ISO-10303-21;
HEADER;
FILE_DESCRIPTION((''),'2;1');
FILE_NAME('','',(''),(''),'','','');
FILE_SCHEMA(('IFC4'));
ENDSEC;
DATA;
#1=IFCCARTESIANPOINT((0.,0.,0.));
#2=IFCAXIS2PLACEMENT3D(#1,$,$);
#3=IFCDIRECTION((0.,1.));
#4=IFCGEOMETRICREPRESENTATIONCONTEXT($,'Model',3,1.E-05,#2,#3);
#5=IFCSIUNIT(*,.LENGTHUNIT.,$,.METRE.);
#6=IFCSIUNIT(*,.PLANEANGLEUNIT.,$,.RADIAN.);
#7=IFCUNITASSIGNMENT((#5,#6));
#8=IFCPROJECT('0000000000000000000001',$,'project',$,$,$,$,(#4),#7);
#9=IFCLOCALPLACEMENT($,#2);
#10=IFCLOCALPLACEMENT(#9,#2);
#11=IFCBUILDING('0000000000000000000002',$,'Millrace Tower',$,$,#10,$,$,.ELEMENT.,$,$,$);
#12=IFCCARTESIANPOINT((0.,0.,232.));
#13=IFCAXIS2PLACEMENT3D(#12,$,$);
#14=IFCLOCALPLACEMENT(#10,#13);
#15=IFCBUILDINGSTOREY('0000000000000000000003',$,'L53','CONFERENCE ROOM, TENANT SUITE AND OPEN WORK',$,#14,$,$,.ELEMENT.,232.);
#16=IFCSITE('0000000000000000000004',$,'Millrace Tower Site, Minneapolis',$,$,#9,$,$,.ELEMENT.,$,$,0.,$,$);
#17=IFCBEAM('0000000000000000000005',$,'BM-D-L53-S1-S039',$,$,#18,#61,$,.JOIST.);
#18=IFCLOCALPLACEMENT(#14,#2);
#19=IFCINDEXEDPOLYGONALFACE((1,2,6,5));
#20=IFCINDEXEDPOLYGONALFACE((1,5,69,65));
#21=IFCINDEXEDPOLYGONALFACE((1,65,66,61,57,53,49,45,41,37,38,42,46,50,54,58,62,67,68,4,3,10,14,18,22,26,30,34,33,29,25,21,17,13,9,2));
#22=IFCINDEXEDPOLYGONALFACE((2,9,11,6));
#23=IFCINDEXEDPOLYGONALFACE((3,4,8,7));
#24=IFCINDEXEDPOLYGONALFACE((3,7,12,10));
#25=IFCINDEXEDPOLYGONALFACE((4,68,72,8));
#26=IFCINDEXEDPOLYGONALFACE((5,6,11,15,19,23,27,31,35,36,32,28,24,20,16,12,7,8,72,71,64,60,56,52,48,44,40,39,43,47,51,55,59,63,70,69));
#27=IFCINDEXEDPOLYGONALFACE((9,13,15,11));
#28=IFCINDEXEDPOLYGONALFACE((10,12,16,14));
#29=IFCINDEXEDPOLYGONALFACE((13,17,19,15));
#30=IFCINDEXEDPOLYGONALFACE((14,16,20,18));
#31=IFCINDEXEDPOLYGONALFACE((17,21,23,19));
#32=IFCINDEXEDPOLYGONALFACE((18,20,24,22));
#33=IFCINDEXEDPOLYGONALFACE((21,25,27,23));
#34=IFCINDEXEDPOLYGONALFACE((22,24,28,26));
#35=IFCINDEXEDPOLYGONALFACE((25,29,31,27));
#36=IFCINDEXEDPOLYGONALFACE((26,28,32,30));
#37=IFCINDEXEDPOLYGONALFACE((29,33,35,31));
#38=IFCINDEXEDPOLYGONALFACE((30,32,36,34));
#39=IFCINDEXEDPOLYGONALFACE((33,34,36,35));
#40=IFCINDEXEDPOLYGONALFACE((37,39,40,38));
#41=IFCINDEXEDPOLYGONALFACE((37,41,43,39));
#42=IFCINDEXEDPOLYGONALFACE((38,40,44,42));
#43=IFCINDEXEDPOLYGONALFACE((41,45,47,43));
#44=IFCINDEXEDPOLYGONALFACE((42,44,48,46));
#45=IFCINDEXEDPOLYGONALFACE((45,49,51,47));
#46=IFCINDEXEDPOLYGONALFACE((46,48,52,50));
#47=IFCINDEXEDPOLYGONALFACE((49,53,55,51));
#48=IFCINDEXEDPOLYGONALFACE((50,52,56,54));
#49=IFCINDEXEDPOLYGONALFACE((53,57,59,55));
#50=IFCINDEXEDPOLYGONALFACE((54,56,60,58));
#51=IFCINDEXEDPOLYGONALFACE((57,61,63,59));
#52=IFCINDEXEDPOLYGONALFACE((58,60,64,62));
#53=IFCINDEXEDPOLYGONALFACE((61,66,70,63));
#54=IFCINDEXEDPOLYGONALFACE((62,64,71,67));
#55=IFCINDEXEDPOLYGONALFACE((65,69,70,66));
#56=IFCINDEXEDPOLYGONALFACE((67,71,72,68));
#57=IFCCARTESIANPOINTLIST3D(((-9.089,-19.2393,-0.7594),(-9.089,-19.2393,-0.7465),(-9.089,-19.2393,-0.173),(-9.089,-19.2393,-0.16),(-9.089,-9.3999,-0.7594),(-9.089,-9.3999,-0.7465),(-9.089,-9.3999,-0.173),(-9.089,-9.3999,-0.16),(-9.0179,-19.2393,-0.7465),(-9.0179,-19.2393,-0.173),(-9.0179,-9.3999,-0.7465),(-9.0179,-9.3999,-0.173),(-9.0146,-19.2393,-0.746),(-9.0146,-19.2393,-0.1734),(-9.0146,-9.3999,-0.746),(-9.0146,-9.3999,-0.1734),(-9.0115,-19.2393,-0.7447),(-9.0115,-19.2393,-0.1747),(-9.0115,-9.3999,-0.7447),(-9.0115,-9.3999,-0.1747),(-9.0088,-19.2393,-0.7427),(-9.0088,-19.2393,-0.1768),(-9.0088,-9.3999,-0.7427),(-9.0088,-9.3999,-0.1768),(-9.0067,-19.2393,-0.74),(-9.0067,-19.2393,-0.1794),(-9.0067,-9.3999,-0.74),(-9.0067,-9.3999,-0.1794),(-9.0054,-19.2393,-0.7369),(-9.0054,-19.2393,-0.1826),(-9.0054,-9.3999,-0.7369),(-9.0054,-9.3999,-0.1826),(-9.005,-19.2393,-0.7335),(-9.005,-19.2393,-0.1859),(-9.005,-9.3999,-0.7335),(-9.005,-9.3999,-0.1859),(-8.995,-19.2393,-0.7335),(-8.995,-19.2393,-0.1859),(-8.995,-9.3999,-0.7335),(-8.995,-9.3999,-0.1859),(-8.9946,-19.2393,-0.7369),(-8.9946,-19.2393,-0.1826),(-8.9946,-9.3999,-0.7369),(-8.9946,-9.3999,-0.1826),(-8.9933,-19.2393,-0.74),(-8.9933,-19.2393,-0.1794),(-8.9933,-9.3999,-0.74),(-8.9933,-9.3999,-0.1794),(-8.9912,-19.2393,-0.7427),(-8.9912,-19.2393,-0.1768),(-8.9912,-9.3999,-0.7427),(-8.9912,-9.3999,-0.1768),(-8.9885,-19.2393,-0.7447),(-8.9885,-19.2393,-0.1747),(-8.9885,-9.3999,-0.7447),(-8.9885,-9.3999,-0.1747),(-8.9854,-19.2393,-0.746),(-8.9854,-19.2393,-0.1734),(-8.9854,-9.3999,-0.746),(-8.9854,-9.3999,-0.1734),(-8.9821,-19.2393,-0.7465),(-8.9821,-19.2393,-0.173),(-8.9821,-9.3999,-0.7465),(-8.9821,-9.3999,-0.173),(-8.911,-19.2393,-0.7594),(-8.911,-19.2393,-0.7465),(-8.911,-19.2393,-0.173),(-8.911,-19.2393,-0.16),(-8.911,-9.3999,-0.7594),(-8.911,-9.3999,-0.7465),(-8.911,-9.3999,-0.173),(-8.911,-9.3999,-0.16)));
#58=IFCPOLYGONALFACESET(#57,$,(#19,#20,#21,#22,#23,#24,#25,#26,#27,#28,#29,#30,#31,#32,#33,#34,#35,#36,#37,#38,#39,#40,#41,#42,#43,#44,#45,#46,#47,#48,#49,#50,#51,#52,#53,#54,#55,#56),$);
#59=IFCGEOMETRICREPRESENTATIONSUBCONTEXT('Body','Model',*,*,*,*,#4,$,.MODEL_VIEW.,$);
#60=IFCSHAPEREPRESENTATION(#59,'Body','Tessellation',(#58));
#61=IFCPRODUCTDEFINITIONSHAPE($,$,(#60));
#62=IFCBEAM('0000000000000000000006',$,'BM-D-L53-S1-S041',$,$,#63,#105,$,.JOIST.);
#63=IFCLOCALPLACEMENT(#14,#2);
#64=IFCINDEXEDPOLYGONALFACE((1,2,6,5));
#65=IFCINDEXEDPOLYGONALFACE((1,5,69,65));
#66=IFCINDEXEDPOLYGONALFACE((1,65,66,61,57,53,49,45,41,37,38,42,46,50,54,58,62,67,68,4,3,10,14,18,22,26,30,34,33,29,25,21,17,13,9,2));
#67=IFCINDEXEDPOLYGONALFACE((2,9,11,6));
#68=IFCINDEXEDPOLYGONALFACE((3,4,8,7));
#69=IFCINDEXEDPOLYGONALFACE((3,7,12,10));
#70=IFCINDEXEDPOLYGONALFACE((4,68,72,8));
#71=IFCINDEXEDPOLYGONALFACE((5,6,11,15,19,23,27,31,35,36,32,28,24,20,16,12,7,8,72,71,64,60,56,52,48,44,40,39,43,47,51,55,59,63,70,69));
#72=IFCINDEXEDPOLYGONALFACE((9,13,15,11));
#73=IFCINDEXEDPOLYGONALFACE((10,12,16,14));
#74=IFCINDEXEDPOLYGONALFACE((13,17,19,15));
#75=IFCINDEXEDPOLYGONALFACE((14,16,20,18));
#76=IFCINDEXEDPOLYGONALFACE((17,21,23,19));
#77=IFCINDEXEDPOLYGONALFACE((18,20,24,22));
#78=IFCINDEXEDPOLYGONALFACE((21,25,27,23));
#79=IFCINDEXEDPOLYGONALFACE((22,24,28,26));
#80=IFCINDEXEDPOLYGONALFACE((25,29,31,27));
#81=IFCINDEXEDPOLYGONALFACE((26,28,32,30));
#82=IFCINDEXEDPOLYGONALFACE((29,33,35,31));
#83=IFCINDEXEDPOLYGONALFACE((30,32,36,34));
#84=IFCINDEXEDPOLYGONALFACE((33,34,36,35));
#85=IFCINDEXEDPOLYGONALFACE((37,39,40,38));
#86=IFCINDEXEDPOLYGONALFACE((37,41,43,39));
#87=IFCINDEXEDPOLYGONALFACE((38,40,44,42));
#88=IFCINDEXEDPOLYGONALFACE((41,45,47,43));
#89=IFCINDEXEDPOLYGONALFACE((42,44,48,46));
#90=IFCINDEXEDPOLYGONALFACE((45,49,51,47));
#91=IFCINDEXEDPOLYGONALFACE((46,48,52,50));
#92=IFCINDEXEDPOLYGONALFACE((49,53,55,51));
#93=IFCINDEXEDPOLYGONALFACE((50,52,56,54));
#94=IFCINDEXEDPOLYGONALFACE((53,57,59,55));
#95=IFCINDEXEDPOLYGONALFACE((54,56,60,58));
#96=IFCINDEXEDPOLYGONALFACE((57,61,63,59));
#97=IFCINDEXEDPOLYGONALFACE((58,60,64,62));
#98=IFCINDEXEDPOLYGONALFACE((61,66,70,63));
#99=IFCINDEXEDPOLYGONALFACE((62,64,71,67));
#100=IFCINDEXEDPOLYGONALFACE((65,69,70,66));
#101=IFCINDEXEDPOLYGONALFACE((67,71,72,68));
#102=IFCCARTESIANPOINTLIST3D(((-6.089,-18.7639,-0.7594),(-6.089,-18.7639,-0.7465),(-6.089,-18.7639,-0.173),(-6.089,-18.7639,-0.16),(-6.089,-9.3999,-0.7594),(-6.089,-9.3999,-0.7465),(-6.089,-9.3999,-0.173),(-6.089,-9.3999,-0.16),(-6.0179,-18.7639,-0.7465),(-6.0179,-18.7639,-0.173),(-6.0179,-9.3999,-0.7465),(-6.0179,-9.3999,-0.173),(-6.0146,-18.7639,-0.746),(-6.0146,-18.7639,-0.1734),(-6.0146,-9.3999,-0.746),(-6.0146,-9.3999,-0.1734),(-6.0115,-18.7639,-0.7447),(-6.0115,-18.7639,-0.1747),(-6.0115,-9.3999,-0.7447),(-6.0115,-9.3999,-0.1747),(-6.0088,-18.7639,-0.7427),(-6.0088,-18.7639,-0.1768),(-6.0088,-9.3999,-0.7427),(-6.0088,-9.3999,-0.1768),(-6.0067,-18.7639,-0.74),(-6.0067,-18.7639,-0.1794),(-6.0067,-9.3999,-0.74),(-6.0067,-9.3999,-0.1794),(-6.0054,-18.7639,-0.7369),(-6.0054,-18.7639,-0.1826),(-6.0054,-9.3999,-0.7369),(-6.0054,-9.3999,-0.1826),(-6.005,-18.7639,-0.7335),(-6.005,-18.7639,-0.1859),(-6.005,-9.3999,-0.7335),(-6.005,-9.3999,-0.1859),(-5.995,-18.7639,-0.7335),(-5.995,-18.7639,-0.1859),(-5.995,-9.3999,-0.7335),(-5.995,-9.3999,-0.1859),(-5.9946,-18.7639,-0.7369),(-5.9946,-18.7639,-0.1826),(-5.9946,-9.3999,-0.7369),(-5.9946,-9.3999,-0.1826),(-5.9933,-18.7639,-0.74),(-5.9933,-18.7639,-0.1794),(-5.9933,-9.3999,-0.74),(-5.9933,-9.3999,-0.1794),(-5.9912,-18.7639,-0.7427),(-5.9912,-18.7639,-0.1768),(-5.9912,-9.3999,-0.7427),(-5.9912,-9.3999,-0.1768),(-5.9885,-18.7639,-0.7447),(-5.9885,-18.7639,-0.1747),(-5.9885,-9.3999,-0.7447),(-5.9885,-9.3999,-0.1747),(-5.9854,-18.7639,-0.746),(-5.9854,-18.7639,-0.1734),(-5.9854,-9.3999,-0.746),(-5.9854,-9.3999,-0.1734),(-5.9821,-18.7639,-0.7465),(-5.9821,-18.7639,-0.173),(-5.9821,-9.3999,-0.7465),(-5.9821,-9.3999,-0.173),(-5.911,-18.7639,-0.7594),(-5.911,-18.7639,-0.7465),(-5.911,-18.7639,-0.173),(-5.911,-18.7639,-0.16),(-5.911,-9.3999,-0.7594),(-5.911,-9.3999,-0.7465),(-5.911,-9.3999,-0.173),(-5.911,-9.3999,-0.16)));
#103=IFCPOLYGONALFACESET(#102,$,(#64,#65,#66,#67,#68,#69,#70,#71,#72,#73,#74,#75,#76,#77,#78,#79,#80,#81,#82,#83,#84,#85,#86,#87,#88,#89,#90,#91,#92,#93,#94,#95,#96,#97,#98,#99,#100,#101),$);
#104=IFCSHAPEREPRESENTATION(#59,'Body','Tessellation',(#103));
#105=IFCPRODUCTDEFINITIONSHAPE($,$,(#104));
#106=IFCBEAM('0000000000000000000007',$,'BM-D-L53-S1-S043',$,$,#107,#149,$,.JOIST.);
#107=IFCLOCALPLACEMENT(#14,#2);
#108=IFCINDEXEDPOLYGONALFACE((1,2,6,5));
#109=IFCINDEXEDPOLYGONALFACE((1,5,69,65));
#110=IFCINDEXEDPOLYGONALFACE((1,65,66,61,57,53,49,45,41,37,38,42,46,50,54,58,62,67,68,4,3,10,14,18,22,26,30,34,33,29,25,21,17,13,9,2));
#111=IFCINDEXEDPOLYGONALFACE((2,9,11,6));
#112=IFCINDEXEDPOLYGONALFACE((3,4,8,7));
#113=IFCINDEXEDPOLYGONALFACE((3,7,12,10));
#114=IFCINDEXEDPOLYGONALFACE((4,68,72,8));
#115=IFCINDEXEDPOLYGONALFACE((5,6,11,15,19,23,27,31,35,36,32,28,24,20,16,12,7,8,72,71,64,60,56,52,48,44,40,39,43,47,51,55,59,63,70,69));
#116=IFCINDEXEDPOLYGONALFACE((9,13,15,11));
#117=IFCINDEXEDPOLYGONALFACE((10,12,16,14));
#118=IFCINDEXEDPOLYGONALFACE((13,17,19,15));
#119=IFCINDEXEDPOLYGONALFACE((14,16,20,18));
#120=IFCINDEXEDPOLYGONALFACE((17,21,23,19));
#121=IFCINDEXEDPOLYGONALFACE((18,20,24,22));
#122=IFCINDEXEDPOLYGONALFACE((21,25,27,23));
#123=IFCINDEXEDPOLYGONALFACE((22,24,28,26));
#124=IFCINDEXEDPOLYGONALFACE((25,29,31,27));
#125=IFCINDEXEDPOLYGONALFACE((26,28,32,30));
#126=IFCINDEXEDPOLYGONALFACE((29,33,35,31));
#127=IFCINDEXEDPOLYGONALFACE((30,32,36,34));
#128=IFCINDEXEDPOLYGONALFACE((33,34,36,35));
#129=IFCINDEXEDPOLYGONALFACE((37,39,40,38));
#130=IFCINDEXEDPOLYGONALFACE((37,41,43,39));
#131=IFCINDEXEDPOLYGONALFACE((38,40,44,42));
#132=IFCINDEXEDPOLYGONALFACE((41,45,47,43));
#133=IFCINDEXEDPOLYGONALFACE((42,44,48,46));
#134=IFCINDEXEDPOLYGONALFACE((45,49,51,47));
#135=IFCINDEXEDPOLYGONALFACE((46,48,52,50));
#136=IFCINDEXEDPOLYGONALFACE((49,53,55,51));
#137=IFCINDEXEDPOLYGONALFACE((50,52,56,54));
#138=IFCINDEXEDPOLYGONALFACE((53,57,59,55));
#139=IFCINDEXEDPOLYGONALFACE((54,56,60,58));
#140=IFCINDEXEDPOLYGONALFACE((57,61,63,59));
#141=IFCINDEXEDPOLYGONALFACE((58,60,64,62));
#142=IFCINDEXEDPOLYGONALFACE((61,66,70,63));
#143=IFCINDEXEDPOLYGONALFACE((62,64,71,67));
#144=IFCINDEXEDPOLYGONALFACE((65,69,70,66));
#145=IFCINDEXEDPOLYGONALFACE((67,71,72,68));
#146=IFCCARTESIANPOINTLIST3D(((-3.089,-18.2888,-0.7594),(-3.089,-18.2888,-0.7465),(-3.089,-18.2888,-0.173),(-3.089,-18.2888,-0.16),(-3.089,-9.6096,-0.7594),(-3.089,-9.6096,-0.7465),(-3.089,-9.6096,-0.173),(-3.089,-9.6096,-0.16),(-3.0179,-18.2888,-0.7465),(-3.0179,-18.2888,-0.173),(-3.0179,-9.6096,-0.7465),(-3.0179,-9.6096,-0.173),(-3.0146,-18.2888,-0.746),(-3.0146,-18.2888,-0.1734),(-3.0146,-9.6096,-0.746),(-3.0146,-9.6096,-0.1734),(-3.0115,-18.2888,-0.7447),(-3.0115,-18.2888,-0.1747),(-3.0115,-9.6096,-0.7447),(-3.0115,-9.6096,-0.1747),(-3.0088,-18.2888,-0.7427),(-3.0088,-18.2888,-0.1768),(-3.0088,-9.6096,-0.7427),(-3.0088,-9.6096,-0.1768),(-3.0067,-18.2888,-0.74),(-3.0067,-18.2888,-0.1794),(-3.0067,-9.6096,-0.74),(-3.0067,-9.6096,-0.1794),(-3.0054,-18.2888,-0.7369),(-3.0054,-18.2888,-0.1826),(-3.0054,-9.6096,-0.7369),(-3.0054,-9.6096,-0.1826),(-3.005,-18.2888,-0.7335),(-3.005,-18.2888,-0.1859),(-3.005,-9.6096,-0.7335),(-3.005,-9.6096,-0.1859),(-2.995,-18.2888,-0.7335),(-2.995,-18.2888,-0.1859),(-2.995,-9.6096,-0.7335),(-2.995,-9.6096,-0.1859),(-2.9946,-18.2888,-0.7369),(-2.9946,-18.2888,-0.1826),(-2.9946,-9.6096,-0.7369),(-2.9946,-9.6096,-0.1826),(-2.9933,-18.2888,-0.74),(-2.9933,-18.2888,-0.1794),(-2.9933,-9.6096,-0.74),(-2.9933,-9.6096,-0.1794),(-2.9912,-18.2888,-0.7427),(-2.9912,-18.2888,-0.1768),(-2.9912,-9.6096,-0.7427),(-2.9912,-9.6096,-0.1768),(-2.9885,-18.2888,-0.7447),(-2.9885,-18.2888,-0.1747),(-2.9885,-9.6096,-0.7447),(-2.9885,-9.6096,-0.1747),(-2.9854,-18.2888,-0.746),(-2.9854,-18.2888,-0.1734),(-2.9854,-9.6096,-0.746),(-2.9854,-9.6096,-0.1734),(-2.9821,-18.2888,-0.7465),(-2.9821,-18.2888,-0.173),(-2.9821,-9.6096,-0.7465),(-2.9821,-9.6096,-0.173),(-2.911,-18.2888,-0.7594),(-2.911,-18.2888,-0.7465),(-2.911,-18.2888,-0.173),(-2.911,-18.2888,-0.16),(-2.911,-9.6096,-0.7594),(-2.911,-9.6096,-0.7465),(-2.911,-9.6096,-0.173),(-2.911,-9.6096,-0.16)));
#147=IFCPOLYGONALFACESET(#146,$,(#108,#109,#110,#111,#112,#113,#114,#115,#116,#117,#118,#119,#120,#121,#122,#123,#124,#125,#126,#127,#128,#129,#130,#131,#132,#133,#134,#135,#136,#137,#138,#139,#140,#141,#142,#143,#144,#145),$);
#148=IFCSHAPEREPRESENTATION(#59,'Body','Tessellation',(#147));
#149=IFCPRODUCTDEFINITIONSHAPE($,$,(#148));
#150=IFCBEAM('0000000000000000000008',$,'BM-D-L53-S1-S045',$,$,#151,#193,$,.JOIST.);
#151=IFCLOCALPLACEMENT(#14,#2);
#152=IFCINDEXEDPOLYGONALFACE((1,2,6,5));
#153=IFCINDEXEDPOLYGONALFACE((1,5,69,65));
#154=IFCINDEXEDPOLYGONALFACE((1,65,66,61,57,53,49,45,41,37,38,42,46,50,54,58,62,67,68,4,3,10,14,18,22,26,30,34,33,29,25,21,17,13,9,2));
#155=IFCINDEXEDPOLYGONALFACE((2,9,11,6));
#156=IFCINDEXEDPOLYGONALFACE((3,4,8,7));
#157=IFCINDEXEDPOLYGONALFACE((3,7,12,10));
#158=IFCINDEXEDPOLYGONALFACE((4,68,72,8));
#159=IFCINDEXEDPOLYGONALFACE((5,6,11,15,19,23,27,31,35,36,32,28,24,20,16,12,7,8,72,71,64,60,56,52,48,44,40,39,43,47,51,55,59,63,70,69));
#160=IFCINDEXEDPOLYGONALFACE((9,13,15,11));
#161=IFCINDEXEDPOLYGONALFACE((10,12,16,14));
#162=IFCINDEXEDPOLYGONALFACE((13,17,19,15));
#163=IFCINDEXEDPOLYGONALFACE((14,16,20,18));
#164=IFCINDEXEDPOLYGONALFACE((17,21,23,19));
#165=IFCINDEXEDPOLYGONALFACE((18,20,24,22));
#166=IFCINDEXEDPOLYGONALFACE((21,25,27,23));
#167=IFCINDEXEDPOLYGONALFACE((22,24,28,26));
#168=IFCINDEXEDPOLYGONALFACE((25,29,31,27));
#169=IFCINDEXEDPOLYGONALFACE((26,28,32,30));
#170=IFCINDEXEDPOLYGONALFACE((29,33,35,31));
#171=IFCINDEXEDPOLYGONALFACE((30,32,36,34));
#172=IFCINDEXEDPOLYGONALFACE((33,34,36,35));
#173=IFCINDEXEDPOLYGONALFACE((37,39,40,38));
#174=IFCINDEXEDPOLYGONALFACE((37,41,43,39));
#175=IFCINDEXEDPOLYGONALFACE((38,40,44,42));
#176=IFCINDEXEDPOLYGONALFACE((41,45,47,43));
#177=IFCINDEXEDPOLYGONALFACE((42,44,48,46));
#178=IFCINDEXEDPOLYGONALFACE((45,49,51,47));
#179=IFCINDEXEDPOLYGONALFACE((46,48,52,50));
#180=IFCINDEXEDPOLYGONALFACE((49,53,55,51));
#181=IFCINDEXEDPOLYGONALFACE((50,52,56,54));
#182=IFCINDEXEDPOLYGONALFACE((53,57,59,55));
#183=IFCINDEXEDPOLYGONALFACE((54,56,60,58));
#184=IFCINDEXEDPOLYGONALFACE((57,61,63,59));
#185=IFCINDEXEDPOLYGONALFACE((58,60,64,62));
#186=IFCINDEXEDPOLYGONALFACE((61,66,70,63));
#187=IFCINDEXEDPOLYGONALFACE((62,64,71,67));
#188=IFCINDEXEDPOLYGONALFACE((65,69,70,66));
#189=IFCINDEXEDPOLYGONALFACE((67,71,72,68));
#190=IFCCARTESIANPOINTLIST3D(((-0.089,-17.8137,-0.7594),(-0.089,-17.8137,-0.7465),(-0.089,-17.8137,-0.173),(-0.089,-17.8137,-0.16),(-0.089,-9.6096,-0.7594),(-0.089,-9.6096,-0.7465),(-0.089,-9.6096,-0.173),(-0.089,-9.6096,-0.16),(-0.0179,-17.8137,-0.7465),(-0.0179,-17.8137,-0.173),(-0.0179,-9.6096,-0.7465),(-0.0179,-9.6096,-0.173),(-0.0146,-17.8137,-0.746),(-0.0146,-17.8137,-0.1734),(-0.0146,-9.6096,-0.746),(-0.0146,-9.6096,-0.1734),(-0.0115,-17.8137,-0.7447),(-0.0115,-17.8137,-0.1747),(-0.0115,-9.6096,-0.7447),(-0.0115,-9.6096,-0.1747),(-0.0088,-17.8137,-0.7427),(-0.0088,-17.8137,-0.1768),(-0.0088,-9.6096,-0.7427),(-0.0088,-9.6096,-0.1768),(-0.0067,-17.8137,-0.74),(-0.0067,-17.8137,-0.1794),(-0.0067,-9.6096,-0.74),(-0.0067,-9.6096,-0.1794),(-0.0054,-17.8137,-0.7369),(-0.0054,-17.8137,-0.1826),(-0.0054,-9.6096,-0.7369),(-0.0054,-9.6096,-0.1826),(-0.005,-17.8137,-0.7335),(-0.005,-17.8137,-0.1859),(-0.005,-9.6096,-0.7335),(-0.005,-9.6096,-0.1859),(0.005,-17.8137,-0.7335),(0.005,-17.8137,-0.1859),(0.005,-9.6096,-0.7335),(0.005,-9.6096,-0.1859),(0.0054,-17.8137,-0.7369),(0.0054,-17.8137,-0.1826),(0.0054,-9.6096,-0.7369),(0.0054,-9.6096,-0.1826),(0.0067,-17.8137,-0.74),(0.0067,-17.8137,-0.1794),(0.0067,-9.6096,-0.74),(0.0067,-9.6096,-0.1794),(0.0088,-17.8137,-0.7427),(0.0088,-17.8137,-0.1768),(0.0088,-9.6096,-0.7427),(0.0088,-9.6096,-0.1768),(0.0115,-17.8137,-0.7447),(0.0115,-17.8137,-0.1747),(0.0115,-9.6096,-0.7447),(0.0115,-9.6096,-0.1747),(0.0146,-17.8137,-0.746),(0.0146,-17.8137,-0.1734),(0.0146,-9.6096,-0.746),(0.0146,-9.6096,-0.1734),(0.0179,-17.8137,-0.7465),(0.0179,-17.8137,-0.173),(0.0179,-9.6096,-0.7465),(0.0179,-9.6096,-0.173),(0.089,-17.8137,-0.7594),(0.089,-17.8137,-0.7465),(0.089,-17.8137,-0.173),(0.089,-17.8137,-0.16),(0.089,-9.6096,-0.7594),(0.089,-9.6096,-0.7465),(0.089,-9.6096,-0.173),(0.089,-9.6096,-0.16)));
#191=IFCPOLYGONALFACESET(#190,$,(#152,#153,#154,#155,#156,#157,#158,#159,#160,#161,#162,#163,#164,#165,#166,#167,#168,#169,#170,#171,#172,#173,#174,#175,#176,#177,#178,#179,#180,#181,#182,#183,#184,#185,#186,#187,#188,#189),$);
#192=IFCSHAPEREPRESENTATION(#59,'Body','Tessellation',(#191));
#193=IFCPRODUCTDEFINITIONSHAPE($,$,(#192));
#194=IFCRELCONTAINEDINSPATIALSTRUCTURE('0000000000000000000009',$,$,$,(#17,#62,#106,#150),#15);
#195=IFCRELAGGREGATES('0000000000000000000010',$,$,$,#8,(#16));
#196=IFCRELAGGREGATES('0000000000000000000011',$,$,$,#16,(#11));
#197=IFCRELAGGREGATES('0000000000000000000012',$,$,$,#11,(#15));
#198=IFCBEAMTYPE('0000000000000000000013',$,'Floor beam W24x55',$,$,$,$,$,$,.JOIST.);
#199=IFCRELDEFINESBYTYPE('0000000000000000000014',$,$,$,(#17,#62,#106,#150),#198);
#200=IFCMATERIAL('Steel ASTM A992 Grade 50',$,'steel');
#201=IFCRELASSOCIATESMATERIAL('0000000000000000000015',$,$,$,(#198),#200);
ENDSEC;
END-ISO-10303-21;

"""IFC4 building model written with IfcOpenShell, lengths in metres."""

from ifc_helpers import new_model, si_unit, direction, frame, origin, origin_2d, place, context, subcontext, project, spatial, i_section, extrude, material, material_profile, profile_set, type_object, element, save


model = new_model("IFC4")

# Units and contexts
model_context = context("Model", 3, precision=1e-05, world=origin(), true_north=direction((0.0, 1.0)))
body_context = subcontext(model_context, "Body", "Model", "MODEL_VIEW")
ifc_project = project(units=[si_unit("LENGTHUNIT", "METRE"), si_unit("PLANEANGLEUNIT", "RADIAN")], contexts=[model_context])

# Site, building, storey
site_placement = place(None, origin())
site = spatial("IfcSite", under=ifc_project, at=site_placement, Name="Millrace Tower Site, Minneapolis", CompositionType="ELEMENT", RefElevation=0.0)
building_placement = place(site_placement, origin())
building = spatial("IfcBuilding", under=site, at=building_placement, Name="Millrace Tower", CompositionType="ELEMENT")
storey_placement = place(building_placement, frame((0.0, 0.0, 232.0)))
storey = spatial("IfcBuildingStorey", under=building, at=storey_placement, Name="L53", Description="CONFERENCE ROOM, TENANT SUITE AND OPEN WORK", CompositionType="ELEMENT", Elevation=232.0)

# Beams
ifc_material_1 = material(Name="Steel ASTM A992 Grade 50", Category="steel")
ifc_material_profile_1 = material_profile(ifc_material_1, i_section(OverallWidth=0.178, OverallDepth=0.5994, WebThickness=0.01, FlangeThickness=0.0129, FilletRadius=0.0129, at=origin_2d()))
ifc_profile_set_1 = profile_set([ifc_material_profile_1], Name="Steel ASTM A992 Grade 50")
beam_type_1 = type_object("IfcBeamType", Name="Floor beam W24x55", PredefinedType="JOIST", material=ifc_profile_set_1)
beam_1_placement = place(storey_placement, frame((-9.0, -19.2393, -0.4597), z_axis=(0.0, 1.0, 0.0), x_axis=(-1.0, 0.0, 0.0)))
element("IfcBeam", 1, at=beam_1_placement, inside=storey, type_object=beam_type_1, Name="BM-D-L53-S1-S039", PredefinedType="JOIST", context=body_context, shape_type="SweptSolid", body=[
    extrude(i_section(OverallWidth=0.178, OverallDepth=0.5994, WebThickness=0.01, FlangeThickness=0.0129, FilletRadius=0.0129, at=origin_2d()), origin(), (0.0, 0.0, 1.0), 9.8394),
])
beam_2_placement = place(storey_placement, frame((-6.0, -18.7639, -0.4597), z_axis=(0.0, 1.0, 0.0), x_axis=(-1.0, 0.0, 0.0)))
element("IfcBeam", 2, at=beam_2_placement, inside=storey, type_object=beam_type_1, Name="BM-D-L53-S1-S041", PredefinedType="JOIST", context=body_context, shape_type="SweptSolid", body=[
    extrude(i_section(OverallWidth=0.178, OverallDepth=0.5994, WebThickness=0.01, FlangeThickness=0.0129, FilletRadius=0.0129, at=origin_2d()), origin(), (0.0, 0.0, 1.0), 9.364),
])
beam_3_placement = place(storey_placement, frame((-3.0, -18.2888, -0.4597), z_axis=(0.0, 1.0, 0.0), x_axis=(-1.0, 0.0, 0.0)))
element("IfcBeam", 3, at=beam_3_placement, inside=storey, type_object=beam_type_1, Name="BM-D-L53-S1-S043", PredefinedType="JOIST", context=body_context, shape_type="SweptSolid", body=[
    extrude(i_section(OverallWidth=0.178, OverallDepth=0.5994, WebThickness=0.01, FlangeThickness=0.0129, FilletRadius=0.0129, at=origin_2d()), origin(), (0.0, 0.0, 1.0), 8.6792),
])
beam_4_placement = place(storey_placement, frame((0.0, -17.8137, -0.4597), z_axis=(0.0, 1.0, 0.0), x_axis=(-1.0, 0.0, 0.0)))
element("IfcBeam", 4, at=beam_4_placement, inside=storey, type_object=beam_type_1, Name="BM-D-L53-S1-S045", PredefinedType="JOIST", context=body_context, shape_type="SweptSolid", body=[
    extrude(i_section(OverallWidth=0.178, OverallDepth=0.5994, WebThickness=0.01, FlangeThickness=0.0129, FilletRadius=0.0129, at=origin_2d()), origin(), (0.0, 0.0, 1.0), 8.2041),
])

save(model, "model.ifc")
